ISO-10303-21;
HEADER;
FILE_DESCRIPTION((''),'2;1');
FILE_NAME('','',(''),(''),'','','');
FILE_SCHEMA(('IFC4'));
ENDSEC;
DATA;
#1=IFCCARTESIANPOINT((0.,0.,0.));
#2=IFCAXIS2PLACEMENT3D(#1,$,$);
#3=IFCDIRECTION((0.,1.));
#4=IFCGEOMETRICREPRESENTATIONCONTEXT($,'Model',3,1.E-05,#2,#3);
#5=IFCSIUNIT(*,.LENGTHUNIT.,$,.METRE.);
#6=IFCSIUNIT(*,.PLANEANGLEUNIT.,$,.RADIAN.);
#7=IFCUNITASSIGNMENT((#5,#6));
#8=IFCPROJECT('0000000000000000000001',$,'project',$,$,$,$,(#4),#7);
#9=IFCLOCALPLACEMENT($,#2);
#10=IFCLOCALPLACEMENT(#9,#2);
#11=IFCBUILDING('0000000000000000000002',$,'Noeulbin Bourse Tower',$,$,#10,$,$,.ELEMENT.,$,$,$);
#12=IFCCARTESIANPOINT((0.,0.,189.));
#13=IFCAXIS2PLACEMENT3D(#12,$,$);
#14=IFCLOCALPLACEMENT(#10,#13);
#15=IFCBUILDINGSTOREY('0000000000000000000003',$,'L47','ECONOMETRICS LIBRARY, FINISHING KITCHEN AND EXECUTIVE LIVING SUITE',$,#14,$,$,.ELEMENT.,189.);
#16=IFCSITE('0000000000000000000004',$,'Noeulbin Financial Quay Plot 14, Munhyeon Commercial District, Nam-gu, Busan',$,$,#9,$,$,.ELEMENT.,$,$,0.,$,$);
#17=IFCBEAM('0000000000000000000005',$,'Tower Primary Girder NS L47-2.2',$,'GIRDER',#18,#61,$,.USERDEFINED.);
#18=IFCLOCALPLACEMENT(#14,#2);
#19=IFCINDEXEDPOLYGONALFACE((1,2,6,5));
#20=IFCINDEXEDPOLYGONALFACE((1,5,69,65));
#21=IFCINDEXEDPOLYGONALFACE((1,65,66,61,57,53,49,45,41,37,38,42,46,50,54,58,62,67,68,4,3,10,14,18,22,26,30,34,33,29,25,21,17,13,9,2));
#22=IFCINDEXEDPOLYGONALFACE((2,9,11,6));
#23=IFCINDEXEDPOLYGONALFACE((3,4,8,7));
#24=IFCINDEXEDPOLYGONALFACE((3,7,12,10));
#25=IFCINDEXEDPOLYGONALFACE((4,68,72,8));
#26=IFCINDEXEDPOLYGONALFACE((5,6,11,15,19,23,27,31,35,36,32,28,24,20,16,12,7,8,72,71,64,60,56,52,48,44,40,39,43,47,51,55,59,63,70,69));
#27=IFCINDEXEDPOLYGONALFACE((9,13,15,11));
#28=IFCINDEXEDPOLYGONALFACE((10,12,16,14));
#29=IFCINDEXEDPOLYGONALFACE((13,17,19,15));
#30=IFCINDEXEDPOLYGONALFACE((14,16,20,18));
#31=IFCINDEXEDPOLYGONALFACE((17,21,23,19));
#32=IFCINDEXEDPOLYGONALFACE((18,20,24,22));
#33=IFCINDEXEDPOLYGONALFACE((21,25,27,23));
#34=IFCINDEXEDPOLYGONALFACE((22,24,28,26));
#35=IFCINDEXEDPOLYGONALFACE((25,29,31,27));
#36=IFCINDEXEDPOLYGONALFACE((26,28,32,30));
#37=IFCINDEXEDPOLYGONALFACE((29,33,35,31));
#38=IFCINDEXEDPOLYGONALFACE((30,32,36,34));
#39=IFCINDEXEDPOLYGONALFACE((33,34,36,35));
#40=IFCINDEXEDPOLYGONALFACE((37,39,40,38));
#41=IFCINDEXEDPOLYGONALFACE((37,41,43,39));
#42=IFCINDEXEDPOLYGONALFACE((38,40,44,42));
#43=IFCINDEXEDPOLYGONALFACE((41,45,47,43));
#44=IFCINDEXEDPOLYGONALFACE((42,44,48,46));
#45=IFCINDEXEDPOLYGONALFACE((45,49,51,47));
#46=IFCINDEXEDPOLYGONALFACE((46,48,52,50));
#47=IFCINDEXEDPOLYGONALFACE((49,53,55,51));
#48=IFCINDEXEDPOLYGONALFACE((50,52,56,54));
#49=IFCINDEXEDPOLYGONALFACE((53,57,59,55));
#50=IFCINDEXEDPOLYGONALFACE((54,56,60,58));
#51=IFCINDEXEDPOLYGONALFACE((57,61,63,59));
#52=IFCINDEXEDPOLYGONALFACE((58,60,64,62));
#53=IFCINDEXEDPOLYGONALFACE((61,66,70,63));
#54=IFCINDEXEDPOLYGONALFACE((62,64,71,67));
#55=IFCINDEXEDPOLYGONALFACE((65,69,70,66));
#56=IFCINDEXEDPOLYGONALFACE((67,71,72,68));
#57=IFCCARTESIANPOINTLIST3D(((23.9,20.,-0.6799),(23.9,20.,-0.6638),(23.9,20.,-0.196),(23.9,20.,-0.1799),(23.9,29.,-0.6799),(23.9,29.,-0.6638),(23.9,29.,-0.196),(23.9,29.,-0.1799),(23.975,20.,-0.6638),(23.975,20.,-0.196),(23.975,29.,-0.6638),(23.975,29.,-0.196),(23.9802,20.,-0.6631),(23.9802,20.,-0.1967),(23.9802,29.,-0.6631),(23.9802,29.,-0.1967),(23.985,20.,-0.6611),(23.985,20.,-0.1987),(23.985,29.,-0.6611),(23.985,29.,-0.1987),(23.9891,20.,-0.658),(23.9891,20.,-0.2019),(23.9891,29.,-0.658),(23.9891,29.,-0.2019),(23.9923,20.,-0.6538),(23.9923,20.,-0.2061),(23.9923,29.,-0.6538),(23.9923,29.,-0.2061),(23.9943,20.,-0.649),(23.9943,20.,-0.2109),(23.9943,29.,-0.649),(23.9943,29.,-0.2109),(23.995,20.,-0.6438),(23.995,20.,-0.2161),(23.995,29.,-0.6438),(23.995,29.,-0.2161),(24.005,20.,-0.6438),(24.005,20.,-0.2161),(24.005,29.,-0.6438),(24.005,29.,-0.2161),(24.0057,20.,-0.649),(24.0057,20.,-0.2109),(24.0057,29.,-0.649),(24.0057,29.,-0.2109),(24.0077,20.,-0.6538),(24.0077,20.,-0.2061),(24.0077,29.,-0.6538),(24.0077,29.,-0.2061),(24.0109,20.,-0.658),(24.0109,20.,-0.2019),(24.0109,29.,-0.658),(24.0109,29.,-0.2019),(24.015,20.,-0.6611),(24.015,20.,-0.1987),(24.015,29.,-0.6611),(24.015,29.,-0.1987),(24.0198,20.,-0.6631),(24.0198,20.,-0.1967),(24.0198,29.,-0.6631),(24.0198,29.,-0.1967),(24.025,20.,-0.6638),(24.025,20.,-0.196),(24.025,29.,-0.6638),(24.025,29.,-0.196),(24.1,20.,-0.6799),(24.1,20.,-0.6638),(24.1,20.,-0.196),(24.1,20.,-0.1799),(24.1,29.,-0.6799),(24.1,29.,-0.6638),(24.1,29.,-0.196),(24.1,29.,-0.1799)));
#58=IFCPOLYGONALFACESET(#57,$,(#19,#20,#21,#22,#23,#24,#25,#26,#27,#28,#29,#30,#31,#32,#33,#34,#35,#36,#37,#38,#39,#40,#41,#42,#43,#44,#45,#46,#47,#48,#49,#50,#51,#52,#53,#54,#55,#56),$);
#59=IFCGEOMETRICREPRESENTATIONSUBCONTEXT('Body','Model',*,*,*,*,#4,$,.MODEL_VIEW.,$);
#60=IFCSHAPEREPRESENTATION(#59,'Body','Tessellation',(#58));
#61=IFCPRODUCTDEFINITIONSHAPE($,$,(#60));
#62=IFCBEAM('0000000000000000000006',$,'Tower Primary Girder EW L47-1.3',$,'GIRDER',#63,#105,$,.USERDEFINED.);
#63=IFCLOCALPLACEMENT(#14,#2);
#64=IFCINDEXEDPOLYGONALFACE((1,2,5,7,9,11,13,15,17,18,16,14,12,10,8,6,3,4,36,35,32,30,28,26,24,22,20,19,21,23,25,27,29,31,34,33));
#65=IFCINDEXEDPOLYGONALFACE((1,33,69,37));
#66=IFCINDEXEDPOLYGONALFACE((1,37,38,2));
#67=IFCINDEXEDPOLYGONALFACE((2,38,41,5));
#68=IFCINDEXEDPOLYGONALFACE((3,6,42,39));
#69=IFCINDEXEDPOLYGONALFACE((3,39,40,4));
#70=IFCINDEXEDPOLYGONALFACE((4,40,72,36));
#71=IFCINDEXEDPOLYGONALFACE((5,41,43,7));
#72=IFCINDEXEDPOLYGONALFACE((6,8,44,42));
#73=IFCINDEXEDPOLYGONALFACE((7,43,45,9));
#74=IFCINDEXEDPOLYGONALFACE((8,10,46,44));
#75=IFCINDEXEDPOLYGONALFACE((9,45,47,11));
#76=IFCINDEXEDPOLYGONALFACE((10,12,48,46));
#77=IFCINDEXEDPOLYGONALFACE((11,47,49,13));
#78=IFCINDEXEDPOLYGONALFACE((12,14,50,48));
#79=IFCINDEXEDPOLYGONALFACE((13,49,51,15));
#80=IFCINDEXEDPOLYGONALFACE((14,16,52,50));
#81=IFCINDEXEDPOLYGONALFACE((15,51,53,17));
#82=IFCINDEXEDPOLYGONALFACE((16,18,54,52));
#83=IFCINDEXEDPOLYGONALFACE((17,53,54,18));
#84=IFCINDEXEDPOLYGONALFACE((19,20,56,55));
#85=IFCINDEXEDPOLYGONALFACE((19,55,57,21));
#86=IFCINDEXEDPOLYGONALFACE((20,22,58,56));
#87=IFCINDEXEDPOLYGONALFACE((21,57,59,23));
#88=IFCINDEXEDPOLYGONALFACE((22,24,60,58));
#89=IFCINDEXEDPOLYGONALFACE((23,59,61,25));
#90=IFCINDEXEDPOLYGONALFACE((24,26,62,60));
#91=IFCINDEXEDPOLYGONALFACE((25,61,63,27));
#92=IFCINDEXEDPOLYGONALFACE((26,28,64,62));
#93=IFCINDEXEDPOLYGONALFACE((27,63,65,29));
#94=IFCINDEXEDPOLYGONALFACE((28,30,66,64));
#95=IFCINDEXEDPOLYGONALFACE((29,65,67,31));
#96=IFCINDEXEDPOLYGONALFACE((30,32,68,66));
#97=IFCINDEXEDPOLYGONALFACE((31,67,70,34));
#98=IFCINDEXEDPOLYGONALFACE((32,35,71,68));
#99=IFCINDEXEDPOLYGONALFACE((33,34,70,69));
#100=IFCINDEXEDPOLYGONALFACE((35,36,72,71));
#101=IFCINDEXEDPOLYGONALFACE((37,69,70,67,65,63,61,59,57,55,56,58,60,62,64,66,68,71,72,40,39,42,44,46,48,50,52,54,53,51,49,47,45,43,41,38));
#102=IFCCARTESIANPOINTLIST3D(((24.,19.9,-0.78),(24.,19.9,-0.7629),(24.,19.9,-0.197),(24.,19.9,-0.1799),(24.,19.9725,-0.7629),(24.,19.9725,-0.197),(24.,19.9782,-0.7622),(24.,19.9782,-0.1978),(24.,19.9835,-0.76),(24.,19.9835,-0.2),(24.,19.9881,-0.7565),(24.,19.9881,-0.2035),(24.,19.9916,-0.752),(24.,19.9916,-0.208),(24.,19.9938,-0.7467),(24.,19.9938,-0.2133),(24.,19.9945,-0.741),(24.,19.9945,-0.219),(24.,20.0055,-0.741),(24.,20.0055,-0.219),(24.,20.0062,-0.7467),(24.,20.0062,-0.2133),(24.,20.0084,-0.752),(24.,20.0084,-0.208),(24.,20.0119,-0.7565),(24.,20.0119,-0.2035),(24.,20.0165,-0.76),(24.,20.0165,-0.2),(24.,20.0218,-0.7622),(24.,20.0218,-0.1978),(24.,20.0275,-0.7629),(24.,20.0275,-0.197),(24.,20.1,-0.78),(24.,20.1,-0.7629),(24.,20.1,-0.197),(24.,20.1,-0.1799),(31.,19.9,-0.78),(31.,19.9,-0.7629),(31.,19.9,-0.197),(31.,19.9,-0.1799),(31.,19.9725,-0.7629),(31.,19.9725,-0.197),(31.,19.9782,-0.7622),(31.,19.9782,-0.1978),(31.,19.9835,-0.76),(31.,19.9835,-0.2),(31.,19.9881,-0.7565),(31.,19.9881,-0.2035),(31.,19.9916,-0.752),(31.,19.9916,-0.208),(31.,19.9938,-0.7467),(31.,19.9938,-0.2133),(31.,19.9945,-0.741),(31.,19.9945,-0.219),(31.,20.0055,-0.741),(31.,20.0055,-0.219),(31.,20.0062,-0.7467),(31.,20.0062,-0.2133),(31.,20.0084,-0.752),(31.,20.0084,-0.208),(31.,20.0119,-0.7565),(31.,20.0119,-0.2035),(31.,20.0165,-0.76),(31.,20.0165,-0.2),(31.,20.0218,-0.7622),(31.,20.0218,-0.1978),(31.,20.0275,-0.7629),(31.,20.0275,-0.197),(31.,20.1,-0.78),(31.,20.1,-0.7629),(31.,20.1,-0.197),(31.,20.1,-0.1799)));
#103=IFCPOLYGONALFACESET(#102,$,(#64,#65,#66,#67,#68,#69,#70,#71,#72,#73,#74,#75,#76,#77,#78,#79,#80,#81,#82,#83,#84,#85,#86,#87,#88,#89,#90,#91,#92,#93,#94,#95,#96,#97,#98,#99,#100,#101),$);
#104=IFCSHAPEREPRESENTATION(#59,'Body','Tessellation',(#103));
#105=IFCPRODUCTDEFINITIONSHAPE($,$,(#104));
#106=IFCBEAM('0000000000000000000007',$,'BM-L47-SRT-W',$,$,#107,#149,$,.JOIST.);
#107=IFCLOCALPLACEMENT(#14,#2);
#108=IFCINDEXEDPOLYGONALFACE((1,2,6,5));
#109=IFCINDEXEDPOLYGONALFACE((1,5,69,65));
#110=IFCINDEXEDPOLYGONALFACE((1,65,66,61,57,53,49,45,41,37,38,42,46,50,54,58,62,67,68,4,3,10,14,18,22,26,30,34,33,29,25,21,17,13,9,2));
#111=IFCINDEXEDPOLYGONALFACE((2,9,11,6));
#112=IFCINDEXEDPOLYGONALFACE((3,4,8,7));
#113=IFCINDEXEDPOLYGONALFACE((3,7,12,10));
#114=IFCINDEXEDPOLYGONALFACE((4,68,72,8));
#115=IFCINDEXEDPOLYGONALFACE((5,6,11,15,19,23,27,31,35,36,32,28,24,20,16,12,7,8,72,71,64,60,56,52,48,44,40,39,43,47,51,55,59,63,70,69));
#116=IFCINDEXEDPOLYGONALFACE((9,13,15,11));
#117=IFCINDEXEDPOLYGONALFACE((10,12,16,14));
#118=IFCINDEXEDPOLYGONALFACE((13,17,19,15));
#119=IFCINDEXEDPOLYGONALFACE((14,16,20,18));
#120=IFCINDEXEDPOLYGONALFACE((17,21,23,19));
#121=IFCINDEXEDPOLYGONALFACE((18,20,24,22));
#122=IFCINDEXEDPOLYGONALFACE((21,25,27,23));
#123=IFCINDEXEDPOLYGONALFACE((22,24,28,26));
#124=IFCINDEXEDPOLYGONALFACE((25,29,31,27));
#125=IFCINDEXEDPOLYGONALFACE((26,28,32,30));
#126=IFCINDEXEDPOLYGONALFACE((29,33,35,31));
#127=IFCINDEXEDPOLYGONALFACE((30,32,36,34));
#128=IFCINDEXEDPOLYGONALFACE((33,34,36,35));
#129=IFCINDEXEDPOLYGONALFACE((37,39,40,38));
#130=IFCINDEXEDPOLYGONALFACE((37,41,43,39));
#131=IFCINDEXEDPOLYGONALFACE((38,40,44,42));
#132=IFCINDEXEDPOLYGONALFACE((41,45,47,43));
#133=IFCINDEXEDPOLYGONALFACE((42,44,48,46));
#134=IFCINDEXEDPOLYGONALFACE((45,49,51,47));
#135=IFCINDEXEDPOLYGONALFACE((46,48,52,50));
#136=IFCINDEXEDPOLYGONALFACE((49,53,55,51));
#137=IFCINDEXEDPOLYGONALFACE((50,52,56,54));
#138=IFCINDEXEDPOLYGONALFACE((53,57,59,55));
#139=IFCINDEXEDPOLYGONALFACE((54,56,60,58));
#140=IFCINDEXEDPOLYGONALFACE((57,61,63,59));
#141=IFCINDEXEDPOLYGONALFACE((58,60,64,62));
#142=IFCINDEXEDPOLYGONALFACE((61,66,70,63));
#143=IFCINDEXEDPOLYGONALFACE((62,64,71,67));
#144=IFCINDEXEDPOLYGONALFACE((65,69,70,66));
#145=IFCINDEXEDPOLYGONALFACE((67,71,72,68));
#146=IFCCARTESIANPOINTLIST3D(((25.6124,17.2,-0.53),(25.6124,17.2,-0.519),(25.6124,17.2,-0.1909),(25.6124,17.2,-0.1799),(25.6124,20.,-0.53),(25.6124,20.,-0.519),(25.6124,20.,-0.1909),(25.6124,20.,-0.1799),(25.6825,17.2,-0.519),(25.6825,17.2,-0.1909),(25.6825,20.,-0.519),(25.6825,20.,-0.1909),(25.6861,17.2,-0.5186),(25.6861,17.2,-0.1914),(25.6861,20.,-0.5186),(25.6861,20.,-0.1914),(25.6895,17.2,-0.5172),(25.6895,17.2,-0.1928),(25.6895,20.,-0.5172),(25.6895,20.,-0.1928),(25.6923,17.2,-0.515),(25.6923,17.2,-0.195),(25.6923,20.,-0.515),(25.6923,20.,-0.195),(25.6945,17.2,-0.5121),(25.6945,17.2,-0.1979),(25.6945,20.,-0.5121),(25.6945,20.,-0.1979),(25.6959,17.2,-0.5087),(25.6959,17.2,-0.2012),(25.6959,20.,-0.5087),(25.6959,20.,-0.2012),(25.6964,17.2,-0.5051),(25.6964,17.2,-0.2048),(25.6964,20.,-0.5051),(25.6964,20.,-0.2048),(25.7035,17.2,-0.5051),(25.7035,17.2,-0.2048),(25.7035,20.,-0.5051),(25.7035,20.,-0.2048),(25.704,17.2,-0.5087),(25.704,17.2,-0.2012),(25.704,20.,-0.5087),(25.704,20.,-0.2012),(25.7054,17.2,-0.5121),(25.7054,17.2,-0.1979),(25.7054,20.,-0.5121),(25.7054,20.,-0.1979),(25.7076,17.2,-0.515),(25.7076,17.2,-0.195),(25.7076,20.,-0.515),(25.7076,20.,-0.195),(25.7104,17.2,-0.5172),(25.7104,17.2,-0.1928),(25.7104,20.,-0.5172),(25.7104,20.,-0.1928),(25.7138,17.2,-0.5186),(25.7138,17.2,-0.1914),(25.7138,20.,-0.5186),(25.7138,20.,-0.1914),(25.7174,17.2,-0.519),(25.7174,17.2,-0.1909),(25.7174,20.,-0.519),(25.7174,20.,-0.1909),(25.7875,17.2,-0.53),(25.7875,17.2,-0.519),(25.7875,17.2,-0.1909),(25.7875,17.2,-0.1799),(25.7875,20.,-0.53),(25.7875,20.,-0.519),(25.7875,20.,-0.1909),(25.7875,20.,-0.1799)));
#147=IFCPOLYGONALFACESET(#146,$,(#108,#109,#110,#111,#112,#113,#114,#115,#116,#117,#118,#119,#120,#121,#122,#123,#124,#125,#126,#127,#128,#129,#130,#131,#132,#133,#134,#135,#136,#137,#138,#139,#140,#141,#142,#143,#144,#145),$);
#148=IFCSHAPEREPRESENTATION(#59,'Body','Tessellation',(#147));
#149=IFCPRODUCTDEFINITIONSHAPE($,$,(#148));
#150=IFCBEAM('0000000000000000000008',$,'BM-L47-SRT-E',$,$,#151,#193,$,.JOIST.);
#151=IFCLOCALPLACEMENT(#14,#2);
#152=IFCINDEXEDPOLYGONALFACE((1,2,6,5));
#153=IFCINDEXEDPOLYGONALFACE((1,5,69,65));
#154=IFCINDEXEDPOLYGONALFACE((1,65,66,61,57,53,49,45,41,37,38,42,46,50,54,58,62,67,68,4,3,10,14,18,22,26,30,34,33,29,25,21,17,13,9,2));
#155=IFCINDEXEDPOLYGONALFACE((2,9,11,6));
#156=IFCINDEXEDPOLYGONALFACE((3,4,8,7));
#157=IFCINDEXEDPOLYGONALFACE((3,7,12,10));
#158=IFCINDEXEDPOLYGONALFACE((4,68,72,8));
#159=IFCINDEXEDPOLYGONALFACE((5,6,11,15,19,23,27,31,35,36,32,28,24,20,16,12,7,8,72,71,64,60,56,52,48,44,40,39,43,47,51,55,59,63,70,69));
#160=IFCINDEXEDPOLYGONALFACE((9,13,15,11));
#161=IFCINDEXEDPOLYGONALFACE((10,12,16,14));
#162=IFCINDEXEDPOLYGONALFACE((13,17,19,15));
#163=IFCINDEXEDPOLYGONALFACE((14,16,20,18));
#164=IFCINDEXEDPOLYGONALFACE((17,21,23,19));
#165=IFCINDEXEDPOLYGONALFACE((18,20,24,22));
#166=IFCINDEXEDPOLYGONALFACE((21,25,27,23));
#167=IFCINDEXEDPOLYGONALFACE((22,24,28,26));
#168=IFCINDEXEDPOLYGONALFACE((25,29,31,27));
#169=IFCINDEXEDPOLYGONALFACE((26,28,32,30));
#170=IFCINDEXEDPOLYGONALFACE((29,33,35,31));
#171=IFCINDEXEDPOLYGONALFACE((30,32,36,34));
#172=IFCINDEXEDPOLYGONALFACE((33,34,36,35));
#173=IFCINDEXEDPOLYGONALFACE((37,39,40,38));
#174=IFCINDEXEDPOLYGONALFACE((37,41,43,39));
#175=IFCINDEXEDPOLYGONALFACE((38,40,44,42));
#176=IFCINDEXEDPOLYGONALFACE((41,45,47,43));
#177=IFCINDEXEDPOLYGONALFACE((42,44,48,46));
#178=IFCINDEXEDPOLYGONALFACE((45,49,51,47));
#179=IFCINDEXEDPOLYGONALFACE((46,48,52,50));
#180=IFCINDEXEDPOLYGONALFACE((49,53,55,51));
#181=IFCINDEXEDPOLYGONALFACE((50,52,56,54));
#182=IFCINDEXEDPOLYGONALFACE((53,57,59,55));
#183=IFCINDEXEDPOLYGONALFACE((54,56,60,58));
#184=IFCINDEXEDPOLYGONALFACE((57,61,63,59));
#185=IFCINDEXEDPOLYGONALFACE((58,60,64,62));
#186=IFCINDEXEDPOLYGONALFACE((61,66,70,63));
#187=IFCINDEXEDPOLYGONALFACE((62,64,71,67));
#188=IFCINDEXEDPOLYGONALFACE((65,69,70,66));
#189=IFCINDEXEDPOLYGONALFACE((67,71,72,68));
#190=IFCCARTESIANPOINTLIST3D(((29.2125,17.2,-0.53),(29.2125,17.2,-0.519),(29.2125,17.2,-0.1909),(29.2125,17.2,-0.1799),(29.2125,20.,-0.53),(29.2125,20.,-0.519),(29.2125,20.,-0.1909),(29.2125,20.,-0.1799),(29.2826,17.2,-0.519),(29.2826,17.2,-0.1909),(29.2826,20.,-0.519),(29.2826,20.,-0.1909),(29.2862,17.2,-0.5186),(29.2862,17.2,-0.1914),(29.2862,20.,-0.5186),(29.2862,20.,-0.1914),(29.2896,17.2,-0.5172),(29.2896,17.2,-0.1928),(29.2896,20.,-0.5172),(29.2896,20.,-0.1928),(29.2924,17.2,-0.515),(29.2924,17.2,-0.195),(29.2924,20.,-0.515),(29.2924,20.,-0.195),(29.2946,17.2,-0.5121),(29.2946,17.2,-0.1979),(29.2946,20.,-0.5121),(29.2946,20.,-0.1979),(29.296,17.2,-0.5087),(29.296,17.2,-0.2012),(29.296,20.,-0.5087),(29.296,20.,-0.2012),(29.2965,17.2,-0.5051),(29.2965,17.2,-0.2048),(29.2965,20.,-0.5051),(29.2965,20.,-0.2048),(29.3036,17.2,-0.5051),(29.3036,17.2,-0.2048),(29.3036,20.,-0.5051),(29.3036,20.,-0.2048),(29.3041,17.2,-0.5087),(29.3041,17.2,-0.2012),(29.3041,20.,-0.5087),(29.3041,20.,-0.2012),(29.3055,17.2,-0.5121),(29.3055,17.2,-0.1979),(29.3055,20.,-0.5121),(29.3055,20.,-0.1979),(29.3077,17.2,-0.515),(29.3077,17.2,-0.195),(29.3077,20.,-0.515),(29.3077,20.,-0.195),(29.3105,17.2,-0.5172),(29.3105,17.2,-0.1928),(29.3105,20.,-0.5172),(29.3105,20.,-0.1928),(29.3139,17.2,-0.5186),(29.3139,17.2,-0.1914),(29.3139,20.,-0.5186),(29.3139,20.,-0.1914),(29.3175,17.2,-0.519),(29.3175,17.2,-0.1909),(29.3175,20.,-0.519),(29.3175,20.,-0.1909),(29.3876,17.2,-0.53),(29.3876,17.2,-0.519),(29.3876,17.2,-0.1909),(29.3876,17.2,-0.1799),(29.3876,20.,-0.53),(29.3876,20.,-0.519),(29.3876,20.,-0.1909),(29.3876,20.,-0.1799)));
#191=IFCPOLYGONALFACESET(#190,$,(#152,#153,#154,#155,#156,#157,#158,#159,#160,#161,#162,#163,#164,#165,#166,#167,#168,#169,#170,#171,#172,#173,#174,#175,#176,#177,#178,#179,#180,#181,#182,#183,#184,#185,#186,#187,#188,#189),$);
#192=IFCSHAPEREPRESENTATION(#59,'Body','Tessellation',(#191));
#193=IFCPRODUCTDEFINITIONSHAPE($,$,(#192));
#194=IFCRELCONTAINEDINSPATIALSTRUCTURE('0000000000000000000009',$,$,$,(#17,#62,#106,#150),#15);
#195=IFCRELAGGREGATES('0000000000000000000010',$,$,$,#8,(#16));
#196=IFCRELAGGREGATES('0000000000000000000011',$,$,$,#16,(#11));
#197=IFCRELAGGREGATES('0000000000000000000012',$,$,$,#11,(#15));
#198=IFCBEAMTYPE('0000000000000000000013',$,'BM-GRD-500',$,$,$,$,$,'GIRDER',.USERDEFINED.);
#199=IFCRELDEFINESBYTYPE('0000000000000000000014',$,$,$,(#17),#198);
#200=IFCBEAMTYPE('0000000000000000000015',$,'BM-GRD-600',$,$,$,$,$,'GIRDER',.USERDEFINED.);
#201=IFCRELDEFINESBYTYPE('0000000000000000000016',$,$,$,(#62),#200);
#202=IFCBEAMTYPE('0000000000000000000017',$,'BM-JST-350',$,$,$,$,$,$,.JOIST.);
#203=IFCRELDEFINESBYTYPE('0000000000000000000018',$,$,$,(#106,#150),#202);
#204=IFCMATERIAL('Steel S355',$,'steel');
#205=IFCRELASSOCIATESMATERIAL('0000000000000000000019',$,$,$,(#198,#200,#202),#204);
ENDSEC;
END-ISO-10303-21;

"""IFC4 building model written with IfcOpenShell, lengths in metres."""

from ifc_helpers import new_model, si_unit, direction, frame, origin, origin_2d, place, context, subcontext, project, spatial, i_section, extrude, material, material_profile, profile_set, type_object, element, save


model = new_model("IFC4")

# Units and contexts
model_context = context("Model", 3, precision=1e-05, world=origin(), true_north=direction((0.0, 1.0)))
body_context = subcontext(model_context, "Body", "Model", "MODEL_VIEW")
ifc_project = project(units=[si_unit("LENGTHUNIT", "METRE"), si_unit("PLANEANGLEUNIT", "RADIAN")], contexts=[model_context])

# Site, building, storey
site_placement = place(None, origin())
site = spatial("IfcSite", under=ifc_project, at=site_placement, Name="Noeulbin Financial Quay Plot 14, Munhyeon Commercial District, Nam-gu, Busan", CompositionType="ELEMENT", RefElevation=0.0)
building_placement = place(site_placement, origin())
building = spatial("IfcBuilding", under=site, at=building_placement, Name="Noeulbin Bourse Tower", CompositionType="ELEMENT")
storey_placement = place(building_placement, frame((0.0, 0.0, 189.0)))
storey = spatial("IfcBuildingStorey", under=building, at=storey_placement, Name="L47", Description="ECONOMETRICS LIBRARY, FINISHING KITCHEN AND EXECUTIVE LIVING SUITE", CompositionType="ELEMENT", Elevation=189.0)

# Beams
ifc_material_1 = material(Name="Steel S355", Category="steel")
ifc_material_profile_1 = material_profile(ifc_material_1, i_section(OverallWidth=0.2, OverallDepth=0.5, WebThickness=0.01, FlangeThickness=0.0161, FilletRadius=0.02, at=origin_2d()), Name="H-500x200x10x16", Category="LoadBearing")
ifc_profile_set_1 = profile_set([ifc_material_profile_1], Name="Steel S355")
beam_type_1 = type_object("IfcBeamType", Name="BM-GRD-500", ElementType="GIRDER", PredefinedType="USERDEFINED", material=ifc_profile_set_1)
beam_1_placement = place(storey_placement, frame((24.0, 20.0, -0.4299), z_axis=(0.0, 1.0, 0.0), x_axis=(-1.0, 0.0, 0.0)))
element("IfcBeam", 1, at=beam_1_placement, inside=storey, type_object=beam_type_1, Name="Tower Primary Girder NS L47-2.2", ObjectType="GIRDER", PredefinedType="USERDEFINED", context=body_context, shape_type="SweptSolid", body=[
    extrude(i_section(OverallWidth=0.2, OverallDepth=0.5, WebThickness=0.01, FlangeThickness=0.0161, FilletRadius=0.02, at=origin_2d()), origin(), (0.0, 0.0, 1.0), 9.0),
])
ifc_material_profile_2 = material_profile(ifc_material_1, i_section(OverallWidth=0.2, OverallDepth=0.6001, WebThickness=0.011, FlangeThickness=0.0171, FilletRadius=0.022, at=origin_2d()), Name="H-600x200x11x17", Category="LoadBearing")
ifc_profile_set_2 = profile_set([ifc_material_profile_2], Name="Steel S355")
beam_type_2 = type_object("IfcBeamType", Name="BM-GRD-600", ElementType="GIRDER", PredefinedType="USERDEFINED", material=ifc_profile_set_2)
beam_2_placement = place(storey_placement, frame((24.0, 20.0, -0.48), z_axis=(1.0, 0.0, 0.0), x_axis=(0.0, 1.0, 0.0)))
element("IfcBeam", 2, at=beam_2_placement, inside=storey, type_object=beam_type_2, Name="Tower Primary Girder EW L47-1.3", ObjectType="GIRDER", PredefinedType="USERDEFINED", context=body_context, shape_type="SweptSolid", body=[
    extrude(i_section(OverallWidth=0.2, OverallDepth=0.6001, WebThickness=0.011, FlangeThickness=0.0171, FilletRadius=0.022, at=origin_2d()), origin(), (0.0, 0.0, 1.0), 7.0),
])
ifc_material_profile_3 = material_profile(ifc_material_1, i_section(OverallWidth=0.175, OverallDepth=0.3501, WebThickness=0.0071, FlangeThickness=0.011, FilletRadius=0.0139, at=origin_2d()), Name="H-350x175x7x11", Category="LoadBearing")
ifc_profile_set_3 = profile_set([ifc_material_profile_3], Name="Steel S355")
beam_type_3 = type_object("IfcBeamType", Name="BM-JST-350", PredefinedType="JOIST", material=ifc_profile_set_3)
for number, where, z_axis, x_axis, name in (
    (3, (25.7, 17.2, -0.355), (0.0, 1.0, 0.0), (-1.0, 0.0, 0.0), "BM-L47-SRT-W"),
    (4, (29.3, 17.2, -0.355), (0.0, 1.0, 0.0), (-1.0, 0.0, 0.0), "BM-L47-SRT-E"),
):
    element("IfcBeam", number, at=place(storey_placement, frame(where, z_axis=z_axis, x_axis=x_axis)), inside=storey, type_object=beam_type_3, Name=name, PredefinedType="JOIST", context=body_context, shape_type="SweptSolid", body=[
        extrude(i_section(OverallWidth=0.175, OverallDepth=0.3501, WebThickness=0.0071, FlangeThickness=0.011, FilletRadius=0.0139, at=origin_2d()), origin(), (0.0, 0.0, 1.0), 2.8),
    ])

save(model, "model.ifc")
